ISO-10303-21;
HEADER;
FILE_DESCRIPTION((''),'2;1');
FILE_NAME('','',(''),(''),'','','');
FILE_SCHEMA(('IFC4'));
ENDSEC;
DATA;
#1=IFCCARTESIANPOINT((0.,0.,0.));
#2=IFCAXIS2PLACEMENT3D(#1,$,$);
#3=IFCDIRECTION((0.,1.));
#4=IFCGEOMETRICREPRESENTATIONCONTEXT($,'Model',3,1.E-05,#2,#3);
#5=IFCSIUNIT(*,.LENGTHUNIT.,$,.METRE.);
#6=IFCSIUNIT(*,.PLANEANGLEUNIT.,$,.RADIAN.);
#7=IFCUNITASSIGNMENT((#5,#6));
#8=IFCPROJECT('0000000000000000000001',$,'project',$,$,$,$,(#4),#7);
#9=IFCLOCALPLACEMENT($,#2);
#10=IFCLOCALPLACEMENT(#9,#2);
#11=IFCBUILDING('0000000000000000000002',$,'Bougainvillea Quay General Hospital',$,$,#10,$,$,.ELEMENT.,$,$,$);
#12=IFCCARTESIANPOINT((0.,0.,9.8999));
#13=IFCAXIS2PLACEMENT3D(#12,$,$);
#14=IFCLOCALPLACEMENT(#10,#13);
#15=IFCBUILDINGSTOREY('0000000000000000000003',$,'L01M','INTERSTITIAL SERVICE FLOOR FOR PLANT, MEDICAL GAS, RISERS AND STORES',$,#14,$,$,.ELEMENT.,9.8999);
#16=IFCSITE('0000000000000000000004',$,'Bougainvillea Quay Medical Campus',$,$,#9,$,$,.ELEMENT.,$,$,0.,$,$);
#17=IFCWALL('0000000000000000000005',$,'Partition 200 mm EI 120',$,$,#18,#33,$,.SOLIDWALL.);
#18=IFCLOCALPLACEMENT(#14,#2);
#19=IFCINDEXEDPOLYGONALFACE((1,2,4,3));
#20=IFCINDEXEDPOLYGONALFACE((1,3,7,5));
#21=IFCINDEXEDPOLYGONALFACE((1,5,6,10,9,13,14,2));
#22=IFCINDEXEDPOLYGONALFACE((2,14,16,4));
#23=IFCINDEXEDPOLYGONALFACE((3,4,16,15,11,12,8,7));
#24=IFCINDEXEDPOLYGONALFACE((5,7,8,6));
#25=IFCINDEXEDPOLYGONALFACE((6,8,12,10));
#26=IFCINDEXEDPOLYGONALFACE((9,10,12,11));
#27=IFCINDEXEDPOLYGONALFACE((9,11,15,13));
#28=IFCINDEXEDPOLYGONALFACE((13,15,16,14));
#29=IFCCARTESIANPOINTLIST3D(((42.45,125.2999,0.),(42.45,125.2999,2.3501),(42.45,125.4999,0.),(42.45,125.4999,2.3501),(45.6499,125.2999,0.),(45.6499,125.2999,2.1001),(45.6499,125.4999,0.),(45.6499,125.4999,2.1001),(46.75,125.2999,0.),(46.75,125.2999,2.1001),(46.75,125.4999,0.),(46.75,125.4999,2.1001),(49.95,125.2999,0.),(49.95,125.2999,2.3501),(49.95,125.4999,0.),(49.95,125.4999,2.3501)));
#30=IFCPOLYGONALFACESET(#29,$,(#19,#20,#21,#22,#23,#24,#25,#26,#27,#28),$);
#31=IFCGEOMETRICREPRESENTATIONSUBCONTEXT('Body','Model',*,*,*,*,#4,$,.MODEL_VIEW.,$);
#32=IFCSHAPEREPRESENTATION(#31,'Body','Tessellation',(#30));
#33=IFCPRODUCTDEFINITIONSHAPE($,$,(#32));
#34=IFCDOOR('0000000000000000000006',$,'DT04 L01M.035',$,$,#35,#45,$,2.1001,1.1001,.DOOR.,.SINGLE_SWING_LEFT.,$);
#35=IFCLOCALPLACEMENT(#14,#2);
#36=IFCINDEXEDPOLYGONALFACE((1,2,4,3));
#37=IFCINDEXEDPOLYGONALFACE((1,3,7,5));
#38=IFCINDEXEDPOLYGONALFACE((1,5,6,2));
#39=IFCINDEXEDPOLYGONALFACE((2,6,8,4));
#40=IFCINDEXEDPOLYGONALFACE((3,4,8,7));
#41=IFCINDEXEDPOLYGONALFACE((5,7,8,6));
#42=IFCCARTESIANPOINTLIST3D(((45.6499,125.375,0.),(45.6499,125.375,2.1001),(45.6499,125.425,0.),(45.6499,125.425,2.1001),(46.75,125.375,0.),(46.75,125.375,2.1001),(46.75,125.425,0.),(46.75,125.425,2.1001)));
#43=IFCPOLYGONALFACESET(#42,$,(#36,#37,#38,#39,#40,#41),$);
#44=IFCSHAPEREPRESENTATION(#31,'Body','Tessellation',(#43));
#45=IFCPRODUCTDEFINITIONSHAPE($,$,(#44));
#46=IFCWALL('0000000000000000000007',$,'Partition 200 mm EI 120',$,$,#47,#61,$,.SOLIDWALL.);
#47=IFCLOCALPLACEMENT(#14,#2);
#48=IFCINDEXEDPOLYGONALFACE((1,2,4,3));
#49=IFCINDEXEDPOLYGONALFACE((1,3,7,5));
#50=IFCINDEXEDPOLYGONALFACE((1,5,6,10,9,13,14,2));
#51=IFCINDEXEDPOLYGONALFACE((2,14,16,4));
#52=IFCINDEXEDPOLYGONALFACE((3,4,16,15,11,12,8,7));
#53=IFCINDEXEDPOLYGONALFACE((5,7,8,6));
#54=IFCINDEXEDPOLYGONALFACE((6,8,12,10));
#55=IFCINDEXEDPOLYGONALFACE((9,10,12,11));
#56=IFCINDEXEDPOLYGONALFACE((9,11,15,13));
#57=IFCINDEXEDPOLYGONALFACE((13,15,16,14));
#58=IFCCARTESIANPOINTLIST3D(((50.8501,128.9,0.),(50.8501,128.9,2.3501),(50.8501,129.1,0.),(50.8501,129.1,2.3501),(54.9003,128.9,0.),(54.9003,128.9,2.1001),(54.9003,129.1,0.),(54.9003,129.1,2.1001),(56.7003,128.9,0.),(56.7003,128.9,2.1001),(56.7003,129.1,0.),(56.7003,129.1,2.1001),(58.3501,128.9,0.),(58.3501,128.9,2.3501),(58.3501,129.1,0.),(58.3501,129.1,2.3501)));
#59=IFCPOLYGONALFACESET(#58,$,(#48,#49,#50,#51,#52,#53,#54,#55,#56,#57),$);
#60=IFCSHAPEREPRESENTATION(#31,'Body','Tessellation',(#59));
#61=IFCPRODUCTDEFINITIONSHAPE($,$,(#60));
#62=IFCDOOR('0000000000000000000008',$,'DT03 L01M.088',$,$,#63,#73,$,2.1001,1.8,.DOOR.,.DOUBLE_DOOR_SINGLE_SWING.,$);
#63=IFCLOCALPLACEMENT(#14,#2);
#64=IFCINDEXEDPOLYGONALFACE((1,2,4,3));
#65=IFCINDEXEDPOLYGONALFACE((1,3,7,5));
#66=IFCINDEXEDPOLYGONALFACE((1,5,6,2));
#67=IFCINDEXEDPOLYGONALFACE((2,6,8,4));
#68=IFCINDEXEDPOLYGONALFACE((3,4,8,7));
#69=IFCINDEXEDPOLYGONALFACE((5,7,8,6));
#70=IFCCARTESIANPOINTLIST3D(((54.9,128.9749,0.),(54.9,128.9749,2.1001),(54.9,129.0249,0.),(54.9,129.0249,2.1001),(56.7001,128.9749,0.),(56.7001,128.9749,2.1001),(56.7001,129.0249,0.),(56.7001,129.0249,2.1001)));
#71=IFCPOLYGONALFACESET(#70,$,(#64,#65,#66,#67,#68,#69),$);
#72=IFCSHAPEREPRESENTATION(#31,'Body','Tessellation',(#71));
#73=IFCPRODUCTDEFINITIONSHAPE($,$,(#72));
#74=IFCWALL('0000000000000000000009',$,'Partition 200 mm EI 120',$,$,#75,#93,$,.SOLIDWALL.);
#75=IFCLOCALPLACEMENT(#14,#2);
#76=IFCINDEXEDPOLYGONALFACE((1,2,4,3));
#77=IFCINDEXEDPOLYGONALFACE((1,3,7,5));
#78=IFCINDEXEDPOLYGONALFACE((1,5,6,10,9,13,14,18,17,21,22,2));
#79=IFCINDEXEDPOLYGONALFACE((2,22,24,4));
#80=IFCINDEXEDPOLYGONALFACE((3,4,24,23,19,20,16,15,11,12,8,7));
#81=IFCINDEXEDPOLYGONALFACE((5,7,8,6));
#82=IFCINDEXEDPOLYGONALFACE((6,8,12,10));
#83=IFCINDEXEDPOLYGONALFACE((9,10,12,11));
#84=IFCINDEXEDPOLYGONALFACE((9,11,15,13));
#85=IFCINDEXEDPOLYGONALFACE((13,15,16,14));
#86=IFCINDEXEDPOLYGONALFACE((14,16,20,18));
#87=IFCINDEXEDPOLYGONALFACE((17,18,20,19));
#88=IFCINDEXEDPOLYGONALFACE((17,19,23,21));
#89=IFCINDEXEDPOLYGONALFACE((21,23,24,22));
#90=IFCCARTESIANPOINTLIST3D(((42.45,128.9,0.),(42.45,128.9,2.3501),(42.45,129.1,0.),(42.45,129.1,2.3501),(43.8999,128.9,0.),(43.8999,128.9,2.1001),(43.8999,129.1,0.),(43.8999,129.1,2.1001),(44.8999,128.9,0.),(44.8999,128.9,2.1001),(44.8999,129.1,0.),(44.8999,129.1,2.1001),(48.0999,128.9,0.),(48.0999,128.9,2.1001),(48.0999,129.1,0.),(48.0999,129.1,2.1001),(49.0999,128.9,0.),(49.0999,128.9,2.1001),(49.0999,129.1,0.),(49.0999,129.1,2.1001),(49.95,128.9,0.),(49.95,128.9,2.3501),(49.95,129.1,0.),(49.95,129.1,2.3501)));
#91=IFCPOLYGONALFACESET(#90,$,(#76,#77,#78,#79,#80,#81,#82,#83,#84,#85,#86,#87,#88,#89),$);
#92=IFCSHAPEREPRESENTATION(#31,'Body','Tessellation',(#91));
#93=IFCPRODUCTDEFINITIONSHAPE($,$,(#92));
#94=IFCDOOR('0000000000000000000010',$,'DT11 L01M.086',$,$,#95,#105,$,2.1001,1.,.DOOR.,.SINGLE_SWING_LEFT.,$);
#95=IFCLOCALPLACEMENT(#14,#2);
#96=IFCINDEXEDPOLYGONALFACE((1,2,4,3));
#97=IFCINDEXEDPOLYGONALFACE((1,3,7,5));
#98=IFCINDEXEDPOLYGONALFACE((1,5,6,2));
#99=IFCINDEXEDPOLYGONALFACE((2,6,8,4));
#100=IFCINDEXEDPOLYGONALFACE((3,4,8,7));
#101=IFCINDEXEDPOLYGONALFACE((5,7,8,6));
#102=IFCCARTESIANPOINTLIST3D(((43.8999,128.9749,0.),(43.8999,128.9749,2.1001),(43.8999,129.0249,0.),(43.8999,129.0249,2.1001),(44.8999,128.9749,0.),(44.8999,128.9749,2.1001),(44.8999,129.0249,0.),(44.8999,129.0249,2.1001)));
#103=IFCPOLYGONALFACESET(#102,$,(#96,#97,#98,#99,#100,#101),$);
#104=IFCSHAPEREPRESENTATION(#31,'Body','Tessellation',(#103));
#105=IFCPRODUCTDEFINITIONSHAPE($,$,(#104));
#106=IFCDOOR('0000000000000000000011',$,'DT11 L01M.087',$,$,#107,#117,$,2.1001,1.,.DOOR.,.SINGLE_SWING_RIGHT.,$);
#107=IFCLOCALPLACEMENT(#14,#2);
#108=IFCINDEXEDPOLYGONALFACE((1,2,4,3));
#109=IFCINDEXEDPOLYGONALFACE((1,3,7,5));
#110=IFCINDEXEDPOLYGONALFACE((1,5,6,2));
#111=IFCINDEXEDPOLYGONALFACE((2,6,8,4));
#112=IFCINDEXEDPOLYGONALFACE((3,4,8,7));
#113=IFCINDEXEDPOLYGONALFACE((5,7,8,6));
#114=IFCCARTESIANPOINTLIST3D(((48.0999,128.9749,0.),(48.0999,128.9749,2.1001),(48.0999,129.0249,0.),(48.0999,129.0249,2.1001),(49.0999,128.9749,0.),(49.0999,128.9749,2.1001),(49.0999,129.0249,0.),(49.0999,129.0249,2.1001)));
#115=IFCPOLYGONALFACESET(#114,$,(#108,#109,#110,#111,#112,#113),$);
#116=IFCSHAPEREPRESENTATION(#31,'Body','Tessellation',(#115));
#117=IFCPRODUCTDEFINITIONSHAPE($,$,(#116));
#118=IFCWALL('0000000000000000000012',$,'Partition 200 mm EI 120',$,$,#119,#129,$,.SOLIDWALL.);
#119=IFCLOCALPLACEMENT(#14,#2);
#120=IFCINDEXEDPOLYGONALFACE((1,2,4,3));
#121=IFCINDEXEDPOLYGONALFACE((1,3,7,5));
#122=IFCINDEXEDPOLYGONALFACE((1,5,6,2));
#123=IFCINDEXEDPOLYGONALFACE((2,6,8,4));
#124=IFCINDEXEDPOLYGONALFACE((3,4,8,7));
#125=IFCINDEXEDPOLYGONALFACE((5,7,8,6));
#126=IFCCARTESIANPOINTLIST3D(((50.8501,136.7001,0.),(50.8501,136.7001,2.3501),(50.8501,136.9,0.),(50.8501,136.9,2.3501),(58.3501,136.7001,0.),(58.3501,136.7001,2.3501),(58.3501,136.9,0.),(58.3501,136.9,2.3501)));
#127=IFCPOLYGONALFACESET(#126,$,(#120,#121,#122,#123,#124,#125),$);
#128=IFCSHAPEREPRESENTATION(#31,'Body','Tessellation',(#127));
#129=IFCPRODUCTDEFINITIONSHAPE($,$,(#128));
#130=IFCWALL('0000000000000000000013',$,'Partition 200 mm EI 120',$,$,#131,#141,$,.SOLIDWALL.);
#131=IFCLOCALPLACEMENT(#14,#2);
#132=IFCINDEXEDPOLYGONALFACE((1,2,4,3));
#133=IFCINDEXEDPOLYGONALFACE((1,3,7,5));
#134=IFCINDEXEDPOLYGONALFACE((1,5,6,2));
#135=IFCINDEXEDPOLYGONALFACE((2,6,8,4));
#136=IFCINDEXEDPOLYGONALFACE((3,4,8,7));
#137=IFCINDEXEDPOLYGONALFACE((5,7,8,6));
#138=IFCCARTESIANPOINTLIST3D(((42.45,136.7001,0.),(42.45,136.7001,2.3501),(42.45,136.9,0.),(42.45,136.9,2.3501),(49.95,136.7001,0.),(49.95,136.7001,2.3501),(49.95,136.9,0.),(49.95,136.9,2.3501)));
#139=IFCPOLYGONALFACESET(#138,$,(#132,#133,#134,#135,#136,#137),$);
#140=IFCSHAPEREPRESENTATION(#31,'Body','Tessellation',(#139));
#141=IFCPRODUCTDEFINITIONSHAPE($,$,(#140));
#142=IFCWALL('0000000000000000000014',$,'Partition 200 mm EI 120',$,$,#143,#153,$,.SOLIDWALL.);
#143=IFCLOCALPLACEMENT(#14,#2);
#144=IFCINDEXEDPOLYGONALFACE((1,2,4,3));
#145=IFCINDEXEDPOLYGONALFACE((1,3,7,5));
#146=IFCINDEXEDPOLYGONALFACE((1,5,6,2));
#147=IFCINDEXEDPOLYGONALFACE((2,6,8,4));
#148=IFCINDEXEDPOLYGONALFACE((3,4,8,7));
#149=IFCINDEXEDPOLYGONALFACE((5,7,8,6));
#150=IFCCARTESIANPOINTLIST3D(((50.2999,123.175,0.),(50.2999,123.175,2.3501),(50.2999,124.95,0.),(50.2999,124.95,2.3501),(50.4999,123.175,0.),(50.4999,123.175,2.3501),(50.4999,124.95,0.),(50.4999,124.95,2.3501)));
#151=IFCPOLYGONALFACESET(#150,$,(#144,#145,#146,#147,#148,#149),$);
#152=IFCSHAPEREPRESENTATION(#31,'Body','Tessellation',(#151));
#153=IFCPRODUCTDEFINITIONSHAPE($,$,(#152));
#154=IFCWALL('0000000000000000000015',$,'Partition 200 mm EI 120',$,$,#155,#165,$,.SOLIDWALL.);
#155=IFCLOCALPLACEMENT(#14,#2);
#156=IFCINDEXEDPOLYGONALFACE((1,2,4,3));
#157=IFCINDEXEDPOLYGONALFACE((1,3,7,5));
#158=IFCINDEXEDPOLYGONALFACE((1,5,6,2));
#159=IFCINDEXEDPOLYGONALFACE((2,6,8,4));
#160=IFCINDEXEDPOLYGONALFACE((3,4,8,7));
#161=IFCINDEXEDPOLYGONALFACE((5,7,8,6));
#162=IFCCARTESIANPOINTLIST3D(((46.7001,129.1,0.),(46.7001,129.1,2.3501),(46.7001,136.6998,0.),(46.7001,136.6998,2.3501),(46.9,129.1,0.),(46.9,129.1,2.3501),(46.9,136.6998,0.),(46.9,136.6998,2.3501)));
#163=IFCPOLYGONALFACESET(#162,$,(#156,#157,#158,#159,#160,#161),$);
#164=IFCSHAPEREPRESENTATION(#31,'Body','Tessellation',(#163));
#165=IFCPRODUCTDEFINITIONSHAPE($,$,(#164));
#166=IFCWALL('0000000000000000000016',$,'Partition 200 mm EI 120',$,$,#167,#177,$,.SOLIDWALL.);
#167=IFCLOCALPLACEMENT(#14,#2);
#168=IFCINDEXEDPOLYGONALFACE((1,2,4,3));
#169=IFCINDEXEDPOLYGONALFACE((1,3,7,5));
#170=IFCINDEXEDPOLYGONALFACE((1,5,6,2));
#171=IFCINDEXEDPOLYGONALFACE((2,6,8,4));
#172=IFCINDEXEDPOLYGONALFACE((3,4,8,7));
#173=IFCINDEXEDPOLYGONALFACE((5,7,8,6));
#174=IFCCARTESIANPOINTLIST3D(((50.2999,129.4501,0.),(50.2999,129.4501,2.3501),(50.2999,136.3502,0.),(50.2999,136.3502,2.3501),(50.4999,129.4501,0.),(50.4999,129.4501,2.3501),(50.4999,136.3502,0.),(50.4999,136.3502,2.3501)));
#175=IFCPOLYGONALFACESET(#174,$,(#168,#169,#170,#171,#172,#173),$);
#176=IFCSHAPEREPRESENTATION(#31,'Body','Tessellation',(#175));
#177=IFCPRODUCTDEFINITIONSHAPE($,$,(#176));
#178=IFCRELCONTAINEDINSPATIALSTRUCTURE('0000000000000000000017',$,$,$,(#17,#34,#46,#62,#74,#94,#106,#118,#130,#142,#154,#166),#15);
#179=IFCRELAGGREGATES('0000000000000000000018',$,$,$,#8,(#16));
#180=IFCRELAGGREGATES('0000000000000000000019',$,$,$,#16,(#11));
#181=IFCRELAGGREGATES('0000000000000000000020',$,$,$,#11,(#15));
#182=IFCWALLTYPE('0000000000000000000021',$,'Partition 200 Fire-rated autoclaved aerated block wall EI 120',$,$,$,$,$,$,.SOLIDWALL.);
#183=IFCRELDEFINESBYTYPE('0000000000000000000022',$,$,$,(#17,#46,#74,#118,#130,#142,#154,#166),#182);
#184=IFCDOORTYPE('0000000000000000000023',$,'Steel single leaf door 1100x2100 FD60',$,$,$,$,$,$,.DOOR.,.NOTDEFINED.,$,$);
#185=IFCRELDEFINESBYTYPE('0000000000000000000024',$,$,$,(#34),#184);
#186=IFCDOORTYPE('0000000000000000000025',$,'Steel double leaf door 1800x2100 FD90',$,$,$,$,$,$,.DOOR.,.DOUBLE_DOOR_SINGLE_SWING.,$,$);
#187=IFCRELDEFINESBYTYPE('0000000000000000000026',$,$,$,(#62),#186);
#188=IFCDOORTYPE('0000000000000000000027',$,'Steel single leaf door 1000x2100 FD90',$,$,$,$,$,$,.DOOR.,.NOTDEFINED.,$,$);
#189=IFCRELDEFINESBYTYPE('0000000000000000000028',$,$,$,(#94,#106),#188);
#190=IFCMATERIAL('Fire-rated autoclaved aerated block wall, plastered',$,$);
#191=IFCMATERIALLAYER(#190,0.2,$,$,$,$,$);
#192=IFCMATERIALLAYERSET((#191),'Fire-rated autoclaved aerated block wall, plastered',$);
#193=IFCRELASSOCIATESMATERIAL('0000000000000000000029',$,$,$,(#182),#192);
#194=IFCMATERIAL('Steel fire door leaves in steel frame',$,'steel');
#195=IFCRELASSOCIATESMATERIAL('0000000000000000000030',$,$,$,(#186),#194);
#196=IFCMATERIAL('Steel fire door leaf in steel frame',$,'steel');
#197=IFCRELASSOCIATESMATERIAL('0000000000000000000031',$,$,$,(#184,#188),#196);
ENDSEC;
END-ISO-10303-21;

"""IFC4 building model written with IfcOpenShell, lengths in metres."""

from ifc_helpers import new_model, si_unit, direction, frame, frame_2d, origin, place, context, subcontext, project, spatial, rectangle, extrude, material, layer, layer_set, type_object, element, fill, save


model = new_model("IFC4")

# Units and contexts
model_context = context("Model", 3, precision=1e-05, world=origin(), true_north=direction((0.0, 1.0)))
body_context = subcontext(model_context, "Body", "Model", "MODEL_VIEW")
ifc_project = project(units=[si_unit("LENGTHUNIT", "METRE"), si_unit("PLANEANGLEUNIT", "RADIAN")], contexts=[model_context])

# Site, building, storey
site_placement = place(None, origin())
site = spatial("IfcSite", under=ifc_project, at=site_placement, Name="Bougainvillea Quay Medical Campus", CompositionType="ELEMENT", RefElevation=0.0)
building_placement = place(site_placement, origin())
building = spatial("IfcBuilding", under=site, at=building_placement, Name="Bougainvillea Quay General Hospital", CompositionType="ELEMENT")
storey_placement = place(building_placement, frame((0.0, 0.0, 9.8999)))
storey = spatial("IfcBuildingStorey", under=building, at=storey_placement, Name="L01M", Description="INTERSTITIAL SERVICE FLOOR FOR PLANT, MEDICAL GAS, RISERS AND STORES", CompositionType="ELEMENT", Elevation=9.8999)

# Walls, openings, doors
ifc_material_1 = material(Name="Fire-rated autoclaved aerated block wall, plastered")
ifc_layer_1 = layer(ifc_material_1, 0.2)
ifc_layer_set_1 = layer_set([ifc_layer_1], Name="Fire-rated autoclaved aerated block wall, plastered")
wall_type_1 = type_object("IfcWallType", Name="Partition 200 Fire-rated autoclaved aerated block wall EI 120", PredefinedType="SOLIDWALL", material=ifc_layer_set_1)
ifc_material_2 = material(Name="Steel fire door leaves in steel frame", Category="steel")
door_type_1 = type_object("IfcDoorType", Name="Steel double leaf door 1800x2100 FD90", OperationType="DOUBLE_DOOR_SINGLE_SWING", PredefinedType="DOOR", material=ifc_material_2)
wall_1_placement = place(storey_placement, frame((49.95, 125.3999, 0.0), z_axis=(0.0, 0.0, 1.0), x_axis=(-1.0, 0.0, 0.0)))
wall_1 = element("IfcWall", 1, at=wall_1_placement, inside=storey, type_object=wall_type_1, Name="Partition 200 mm EI 120", PredefinedType="SOLIDWALL", context=body_context, shape_type="SweptSolid", body=[
    extrude(rectangle(XDim=7.5, YDim=0.2, at=frame_2d((3.75, 0.0))), origin(), (0.0, 0.0, 1.0), 2.3501),
])
opening_1_placement = place(wall_1_placement, frame((3.2, 0.0, 0.0)))
opening_1 = element("IfcOpeningElement", 2, at=opening_1_placement, cuts=wall_1, PredefinedType="OPENING", context=body_context, shape_type="SweptSolid", body=[
    extrude(rectangle(XDim=1.1001, YDim=2.1001, at=frame_2d((0.55, 1.05))), frame((0.0, 0.1099, 0.0), z_axis=(0.0, -1.0, 0.0), x_axis=(1.0, 0.0, 0.0)), (0.0, 0.0, 1.0), 0.22),
])
ifc_material_3 = material(Name="Steel fire door leaf in steel frame", Category="steel")
door_type_2 = type_object("IfcDoorType", Name="Steel single leaf door 1100x2100 FD60", OperationType="NOTDEFINED", PredefinedType="DOOR", material=ifc_material_3)
door_1_placement = place(opening_1_placement, origin())
door_1 = element("IfcDoor", 3, at=door_1_placement, inside=storey, type_object=door_type_2, Name="DT04 L01M.035", OperationType="SINGLE_SWING_LEFT", OverallHeight=2.1001, OverallWidth=1.1001, PredefinedType="DOOR", context=body_context, shape_type="SweptSolid", body=[
    extrude(rectangle(XDim=1.1001, YDim=2.1001, at=frame_2d((0.55, 1.05))), frame((0.0, 0.0249, 0.0), z_axis=(0.0, -1.0, 0.0), x_axis=(1.0, 0.0, 0.0)), (0.0, 0.0, 1.0), 0.05),
])
fill(opening_1, door_1)
wall_2_placement = place(storey_placement, frame((58.3501, 129.0, 0.0), z_axis=(0.0, 0.0, 1.0), x_axis=(-1.0, 0.0, 0.0)))
wall_2 = element("IfcWall", 4, at=wall_2_placement, inside=storey, type_object=wall_type_1, Name="Partition 200 mm EI 120", PredefinedType="SOLIDWALL", context=body_context, shape_type="SweptSolid", body=[
    extrude(rectangle(XDim=7.5, YDim=0.2, at=frame_2d((3.75, 0.0))), origin(), (0.0, 0.0, 1.0), 2.3501),
])
opening_2_placement = place(wall_2_placement, frame((1.6499, 0.0, 0.0)))
opening_2 = element("IfcOpeningElement", 5, at=opening_2_placement, cuts=wall_2, PredefinedType="OPENING", context=body_context, shape_type="SweptSolid", body=[
    extrude(rectangle(XDim=1.8, YDim=2.1001, at=frame_2d((0.8999, 1.05))), frame((0.0, 0.1099, 0.0), z_axis=(0.0, -1.0, 0.0), x_axis=(1.0, 0.0, 0.0)), (0.0, 0.0, 1.0), 0.22),
])
door_2_placement = place(opening_2_placement, frame((1.8, 0.0, 0.0), z_axis=(0.0, 0.0, 1.0), x_axis=(-1.0, 0.0, 0.0)))
door_2 = element("IfcDoor", 6, at=door_2_placement, inside=storey, type_object=door_type_1, Name="DT03 L01M.088", OperationType="DOUBLE_DOOR_SINGLE_SWING", OverallHeight=2.1001, OverallWidth=1.8, PredefinedType="DOOR", context=body_context, shape_type="SweptSolid", body=[
    extrude(rectangle(XDim=1.8, YDim=2.1001, at=frame_2d((0.8999, 1.05))), frame((0.0, 0.0249, 0.0), z_axis=(0.0, -1.0, 0.0), x_axis=(1.0, 0.0, 0.0)), (0.0, 0.0, 1.0), 0.05),
])
fill(opening_2, door_2)

# Wall, openings, doors
wall_3_placement = place(storey_placement, frame((49.95, 129.0, 0.0), z_axis=(0.0, 0.0, 1.0), x_axis=(-1.0, 0.0, 0.0)))
wall_3 = element("IfcWall", 7, at=wall_3_placement, inside=storey, type_object=wall_type_1, Name="Partition 200 mm EI 120", PredefinedType="SOLIDWALL", context=body_context, shape_type="SweptSolid", body=[
    extrude(rectangle(XDim=7.5, YDim=0.2, at=frame_2d((3.75, 0.0))), origin(), (0.0, 0.0, 1.0), 2.3501),
])
opening_3_placement = place(wall_3_placement, frame((5.05, 0.0, 0.0)))
opening_3 = element("IfcOpeningElement", 8, at=opening_3_placement, cuts=wall_3, PredefinedType="OPENING", context=body_context, shape_type="SweptSolid", body=[
    extrude(rectangle(XDim=1.0, YDim=2.1001, at=frame_2d((0.5, 1.05))), frame((0.0, 0.1099, 0.0), z_axis=(0.0, -1.0, 0.0), x_axis=(1.0, 0.0, 0.0)), (0.0, 0.0, 1.0), 0.22),
])
opening_4_placement = place(wall_3_placement, frame((0.8501, 0.0, 0.0)))
opening_4 = element("IfcOpeningElement", 9, at=opening_4_placement, cuts=wall_3, PredefinedType="OPENING", context=body_context, shape_type="SweptSolid", body=[
    extrude(rectangle(XDim=1.0, YDim=2.1001, at=frame_2d((0.5, 1.05))), frame((0.0, 0.1099, 0.0), z_axis=(0.0, -1.0, 0.0), x_axis=(1.0, 0.0, 0.0)), (0.0, 0.0, 1.0), 0.22),
])
door_type_3 = type_object("IfcDoorType", Name="Steel single leaf door 1000x2100 FD90", OperationType="NOTDEFINED", PredefinedType="DOOR", material=ifc_material_3)
door_3_placement = place(opening_3_placement, frame((1.0, 0.0, 0.0), z_axis=(0.0, 0.0, 1.0), x_axis=(-1.0, 0.0, 0.0)))
door_3 = element("IfcDoor", 10, at=door_3_placement, inside=storey, type_object=door_type_3, Name="DT11 L01M.086", OperationType="SINGLE_SWING_LEFT", OverallHeight=2.1001, OverallWidth=1.0, PredefinedType="DOOR", context=body_context, shape_type="SweptSolid", body=[
    extrude(rectangle(XDim=1.0, YDim=2.1001, at=frame_2d((0.5, 1.05))), frame((0.0, 0.0249, 0.0), z_axis=(0.0, -1.0, 0.0), x_axis=(1.0, 0.0, 0.0)), (0.0, 0.0, 1.0), 0.05),
])
fill(opening_3, door_3)
door_4_placement = place(opening_4_placement, frame((1.0, 0.0, 0.0), z_axis=(0.0, 0.0, 1.0), x_axis=(-1.0, 0.0, 0.0)))
door_4 = element("IfcDoor", 11, at=door_4_placement, inside=storey, type_object=door_type_3, Name="DT11 L01M.087", OperationType="SINGLE_SWING_RIGHT", OverallHeight=2.1001, OverallWidth=1.0, PredefinedType="DOOR", context=body_context, shape_type="SweptSolid", body=[
    extrude(rectangle(XDim=1.0, YDim=2.1001, at=frame_2d((0.5, 1.05))), frame((0.0, 0.0249, 0.0), z_axis=(0.0, -1.0, 0.0), x_axis=(1.0, 0.0, 0.0)), (0.0, 0.0, 1.0), 0.05),
])
fill(opening_4, door_4)

# Walls
for number, where, z_axis, x_axis, name in (
    (12, (58.3501, 136.8, 0.0), (0.0, 0.0, 1.0), (-1.0, 0.0, 0.0), "Partition 200 mm EI 120"),
    (13, (49.95, 136.8, 0.0), (0.0, 0.0, 1.0), (-1.0, 0.0, 0.0), "Partition 200 mm EI 120"),
):
    element("IfcWall", number, at=place(storey_placement, frame(where, z_axis=z_axis, x_axis=x_axis)), inside=storey, type_object=wall_type_1, Name=name, PredefinedType="SOLIDWALL", context=body_context, shape_type="SweptSolid", body=[
        extrude(rectangle(XDim=7.5, YDim=0.2, at=frame_2d((3.75, 0.0))), origin(), (0.0, 0.0, 1.0), 2.3501),
    ])
wall_4_placement = place(storey_placement, frame((50.3999, 123.175, 0.0), z_axis=(0.0, 0.0, 1.0), x_axis=(0.0, 1.0, 0.0)))
element("IfcWall", 14, at=wall_4_placement, inside=storey, type_object=wall_type_1, Name="Partition 200 mm EI 120", PredefinedType="SOLIDWALL", context=body_context, shape_type="SweptSolid", body=[
    extrude(rectangle(XDim=1.7749, YDim=0.2, at=frame_2d((0.8875, 0.0))), origin(), (0.0, 0.0, 1.0), 2.3501),
])
wall_5_placement = place(storey_placement, frame((46.8, 129.1001, 0.0), z_axis=(0.0, 0.0, 1.0), x_axis=(0.0, 1.0, 0.0)))
element("IfcWall", 15, at=wall_5_placement, inside=storey, type_object=wall_type_1, Name="Partition 200 mm EI 120", PredefinedType="SOLIDWALL", context=body_context, shape_type="SweptSolid", body=[
    extrude(rectangle(XDim=7.5999, YDim=0.2, at=frame_2d((3.7998, 0.0))), origin(), (0.0, 0.0, 1.0), 2.3501),
])
wall_6_placement = place(storey_placement, frame((50.3999, 129.45, 0.0), z_axis=(0.0, 0.0, 1.0), x_axis=(0.0, 1.0, 0.0)))
element("IfcWall", 16, at=wall_6_placement, inside=storey, type_object=wall_type_1, Name="Partition 200 mm EI 120", PredefinedType="SOLIDWALL", context=body_context, shape_type="SweptSolid", body=[
    extrude(rectangle(XDim=6.9001, YDim=0.2, at=frame_2d((3.4502, 0.0))), origin(), (0.0, 0.0, 1.0), 2.3501),
])

save(model, "model.ifc")
